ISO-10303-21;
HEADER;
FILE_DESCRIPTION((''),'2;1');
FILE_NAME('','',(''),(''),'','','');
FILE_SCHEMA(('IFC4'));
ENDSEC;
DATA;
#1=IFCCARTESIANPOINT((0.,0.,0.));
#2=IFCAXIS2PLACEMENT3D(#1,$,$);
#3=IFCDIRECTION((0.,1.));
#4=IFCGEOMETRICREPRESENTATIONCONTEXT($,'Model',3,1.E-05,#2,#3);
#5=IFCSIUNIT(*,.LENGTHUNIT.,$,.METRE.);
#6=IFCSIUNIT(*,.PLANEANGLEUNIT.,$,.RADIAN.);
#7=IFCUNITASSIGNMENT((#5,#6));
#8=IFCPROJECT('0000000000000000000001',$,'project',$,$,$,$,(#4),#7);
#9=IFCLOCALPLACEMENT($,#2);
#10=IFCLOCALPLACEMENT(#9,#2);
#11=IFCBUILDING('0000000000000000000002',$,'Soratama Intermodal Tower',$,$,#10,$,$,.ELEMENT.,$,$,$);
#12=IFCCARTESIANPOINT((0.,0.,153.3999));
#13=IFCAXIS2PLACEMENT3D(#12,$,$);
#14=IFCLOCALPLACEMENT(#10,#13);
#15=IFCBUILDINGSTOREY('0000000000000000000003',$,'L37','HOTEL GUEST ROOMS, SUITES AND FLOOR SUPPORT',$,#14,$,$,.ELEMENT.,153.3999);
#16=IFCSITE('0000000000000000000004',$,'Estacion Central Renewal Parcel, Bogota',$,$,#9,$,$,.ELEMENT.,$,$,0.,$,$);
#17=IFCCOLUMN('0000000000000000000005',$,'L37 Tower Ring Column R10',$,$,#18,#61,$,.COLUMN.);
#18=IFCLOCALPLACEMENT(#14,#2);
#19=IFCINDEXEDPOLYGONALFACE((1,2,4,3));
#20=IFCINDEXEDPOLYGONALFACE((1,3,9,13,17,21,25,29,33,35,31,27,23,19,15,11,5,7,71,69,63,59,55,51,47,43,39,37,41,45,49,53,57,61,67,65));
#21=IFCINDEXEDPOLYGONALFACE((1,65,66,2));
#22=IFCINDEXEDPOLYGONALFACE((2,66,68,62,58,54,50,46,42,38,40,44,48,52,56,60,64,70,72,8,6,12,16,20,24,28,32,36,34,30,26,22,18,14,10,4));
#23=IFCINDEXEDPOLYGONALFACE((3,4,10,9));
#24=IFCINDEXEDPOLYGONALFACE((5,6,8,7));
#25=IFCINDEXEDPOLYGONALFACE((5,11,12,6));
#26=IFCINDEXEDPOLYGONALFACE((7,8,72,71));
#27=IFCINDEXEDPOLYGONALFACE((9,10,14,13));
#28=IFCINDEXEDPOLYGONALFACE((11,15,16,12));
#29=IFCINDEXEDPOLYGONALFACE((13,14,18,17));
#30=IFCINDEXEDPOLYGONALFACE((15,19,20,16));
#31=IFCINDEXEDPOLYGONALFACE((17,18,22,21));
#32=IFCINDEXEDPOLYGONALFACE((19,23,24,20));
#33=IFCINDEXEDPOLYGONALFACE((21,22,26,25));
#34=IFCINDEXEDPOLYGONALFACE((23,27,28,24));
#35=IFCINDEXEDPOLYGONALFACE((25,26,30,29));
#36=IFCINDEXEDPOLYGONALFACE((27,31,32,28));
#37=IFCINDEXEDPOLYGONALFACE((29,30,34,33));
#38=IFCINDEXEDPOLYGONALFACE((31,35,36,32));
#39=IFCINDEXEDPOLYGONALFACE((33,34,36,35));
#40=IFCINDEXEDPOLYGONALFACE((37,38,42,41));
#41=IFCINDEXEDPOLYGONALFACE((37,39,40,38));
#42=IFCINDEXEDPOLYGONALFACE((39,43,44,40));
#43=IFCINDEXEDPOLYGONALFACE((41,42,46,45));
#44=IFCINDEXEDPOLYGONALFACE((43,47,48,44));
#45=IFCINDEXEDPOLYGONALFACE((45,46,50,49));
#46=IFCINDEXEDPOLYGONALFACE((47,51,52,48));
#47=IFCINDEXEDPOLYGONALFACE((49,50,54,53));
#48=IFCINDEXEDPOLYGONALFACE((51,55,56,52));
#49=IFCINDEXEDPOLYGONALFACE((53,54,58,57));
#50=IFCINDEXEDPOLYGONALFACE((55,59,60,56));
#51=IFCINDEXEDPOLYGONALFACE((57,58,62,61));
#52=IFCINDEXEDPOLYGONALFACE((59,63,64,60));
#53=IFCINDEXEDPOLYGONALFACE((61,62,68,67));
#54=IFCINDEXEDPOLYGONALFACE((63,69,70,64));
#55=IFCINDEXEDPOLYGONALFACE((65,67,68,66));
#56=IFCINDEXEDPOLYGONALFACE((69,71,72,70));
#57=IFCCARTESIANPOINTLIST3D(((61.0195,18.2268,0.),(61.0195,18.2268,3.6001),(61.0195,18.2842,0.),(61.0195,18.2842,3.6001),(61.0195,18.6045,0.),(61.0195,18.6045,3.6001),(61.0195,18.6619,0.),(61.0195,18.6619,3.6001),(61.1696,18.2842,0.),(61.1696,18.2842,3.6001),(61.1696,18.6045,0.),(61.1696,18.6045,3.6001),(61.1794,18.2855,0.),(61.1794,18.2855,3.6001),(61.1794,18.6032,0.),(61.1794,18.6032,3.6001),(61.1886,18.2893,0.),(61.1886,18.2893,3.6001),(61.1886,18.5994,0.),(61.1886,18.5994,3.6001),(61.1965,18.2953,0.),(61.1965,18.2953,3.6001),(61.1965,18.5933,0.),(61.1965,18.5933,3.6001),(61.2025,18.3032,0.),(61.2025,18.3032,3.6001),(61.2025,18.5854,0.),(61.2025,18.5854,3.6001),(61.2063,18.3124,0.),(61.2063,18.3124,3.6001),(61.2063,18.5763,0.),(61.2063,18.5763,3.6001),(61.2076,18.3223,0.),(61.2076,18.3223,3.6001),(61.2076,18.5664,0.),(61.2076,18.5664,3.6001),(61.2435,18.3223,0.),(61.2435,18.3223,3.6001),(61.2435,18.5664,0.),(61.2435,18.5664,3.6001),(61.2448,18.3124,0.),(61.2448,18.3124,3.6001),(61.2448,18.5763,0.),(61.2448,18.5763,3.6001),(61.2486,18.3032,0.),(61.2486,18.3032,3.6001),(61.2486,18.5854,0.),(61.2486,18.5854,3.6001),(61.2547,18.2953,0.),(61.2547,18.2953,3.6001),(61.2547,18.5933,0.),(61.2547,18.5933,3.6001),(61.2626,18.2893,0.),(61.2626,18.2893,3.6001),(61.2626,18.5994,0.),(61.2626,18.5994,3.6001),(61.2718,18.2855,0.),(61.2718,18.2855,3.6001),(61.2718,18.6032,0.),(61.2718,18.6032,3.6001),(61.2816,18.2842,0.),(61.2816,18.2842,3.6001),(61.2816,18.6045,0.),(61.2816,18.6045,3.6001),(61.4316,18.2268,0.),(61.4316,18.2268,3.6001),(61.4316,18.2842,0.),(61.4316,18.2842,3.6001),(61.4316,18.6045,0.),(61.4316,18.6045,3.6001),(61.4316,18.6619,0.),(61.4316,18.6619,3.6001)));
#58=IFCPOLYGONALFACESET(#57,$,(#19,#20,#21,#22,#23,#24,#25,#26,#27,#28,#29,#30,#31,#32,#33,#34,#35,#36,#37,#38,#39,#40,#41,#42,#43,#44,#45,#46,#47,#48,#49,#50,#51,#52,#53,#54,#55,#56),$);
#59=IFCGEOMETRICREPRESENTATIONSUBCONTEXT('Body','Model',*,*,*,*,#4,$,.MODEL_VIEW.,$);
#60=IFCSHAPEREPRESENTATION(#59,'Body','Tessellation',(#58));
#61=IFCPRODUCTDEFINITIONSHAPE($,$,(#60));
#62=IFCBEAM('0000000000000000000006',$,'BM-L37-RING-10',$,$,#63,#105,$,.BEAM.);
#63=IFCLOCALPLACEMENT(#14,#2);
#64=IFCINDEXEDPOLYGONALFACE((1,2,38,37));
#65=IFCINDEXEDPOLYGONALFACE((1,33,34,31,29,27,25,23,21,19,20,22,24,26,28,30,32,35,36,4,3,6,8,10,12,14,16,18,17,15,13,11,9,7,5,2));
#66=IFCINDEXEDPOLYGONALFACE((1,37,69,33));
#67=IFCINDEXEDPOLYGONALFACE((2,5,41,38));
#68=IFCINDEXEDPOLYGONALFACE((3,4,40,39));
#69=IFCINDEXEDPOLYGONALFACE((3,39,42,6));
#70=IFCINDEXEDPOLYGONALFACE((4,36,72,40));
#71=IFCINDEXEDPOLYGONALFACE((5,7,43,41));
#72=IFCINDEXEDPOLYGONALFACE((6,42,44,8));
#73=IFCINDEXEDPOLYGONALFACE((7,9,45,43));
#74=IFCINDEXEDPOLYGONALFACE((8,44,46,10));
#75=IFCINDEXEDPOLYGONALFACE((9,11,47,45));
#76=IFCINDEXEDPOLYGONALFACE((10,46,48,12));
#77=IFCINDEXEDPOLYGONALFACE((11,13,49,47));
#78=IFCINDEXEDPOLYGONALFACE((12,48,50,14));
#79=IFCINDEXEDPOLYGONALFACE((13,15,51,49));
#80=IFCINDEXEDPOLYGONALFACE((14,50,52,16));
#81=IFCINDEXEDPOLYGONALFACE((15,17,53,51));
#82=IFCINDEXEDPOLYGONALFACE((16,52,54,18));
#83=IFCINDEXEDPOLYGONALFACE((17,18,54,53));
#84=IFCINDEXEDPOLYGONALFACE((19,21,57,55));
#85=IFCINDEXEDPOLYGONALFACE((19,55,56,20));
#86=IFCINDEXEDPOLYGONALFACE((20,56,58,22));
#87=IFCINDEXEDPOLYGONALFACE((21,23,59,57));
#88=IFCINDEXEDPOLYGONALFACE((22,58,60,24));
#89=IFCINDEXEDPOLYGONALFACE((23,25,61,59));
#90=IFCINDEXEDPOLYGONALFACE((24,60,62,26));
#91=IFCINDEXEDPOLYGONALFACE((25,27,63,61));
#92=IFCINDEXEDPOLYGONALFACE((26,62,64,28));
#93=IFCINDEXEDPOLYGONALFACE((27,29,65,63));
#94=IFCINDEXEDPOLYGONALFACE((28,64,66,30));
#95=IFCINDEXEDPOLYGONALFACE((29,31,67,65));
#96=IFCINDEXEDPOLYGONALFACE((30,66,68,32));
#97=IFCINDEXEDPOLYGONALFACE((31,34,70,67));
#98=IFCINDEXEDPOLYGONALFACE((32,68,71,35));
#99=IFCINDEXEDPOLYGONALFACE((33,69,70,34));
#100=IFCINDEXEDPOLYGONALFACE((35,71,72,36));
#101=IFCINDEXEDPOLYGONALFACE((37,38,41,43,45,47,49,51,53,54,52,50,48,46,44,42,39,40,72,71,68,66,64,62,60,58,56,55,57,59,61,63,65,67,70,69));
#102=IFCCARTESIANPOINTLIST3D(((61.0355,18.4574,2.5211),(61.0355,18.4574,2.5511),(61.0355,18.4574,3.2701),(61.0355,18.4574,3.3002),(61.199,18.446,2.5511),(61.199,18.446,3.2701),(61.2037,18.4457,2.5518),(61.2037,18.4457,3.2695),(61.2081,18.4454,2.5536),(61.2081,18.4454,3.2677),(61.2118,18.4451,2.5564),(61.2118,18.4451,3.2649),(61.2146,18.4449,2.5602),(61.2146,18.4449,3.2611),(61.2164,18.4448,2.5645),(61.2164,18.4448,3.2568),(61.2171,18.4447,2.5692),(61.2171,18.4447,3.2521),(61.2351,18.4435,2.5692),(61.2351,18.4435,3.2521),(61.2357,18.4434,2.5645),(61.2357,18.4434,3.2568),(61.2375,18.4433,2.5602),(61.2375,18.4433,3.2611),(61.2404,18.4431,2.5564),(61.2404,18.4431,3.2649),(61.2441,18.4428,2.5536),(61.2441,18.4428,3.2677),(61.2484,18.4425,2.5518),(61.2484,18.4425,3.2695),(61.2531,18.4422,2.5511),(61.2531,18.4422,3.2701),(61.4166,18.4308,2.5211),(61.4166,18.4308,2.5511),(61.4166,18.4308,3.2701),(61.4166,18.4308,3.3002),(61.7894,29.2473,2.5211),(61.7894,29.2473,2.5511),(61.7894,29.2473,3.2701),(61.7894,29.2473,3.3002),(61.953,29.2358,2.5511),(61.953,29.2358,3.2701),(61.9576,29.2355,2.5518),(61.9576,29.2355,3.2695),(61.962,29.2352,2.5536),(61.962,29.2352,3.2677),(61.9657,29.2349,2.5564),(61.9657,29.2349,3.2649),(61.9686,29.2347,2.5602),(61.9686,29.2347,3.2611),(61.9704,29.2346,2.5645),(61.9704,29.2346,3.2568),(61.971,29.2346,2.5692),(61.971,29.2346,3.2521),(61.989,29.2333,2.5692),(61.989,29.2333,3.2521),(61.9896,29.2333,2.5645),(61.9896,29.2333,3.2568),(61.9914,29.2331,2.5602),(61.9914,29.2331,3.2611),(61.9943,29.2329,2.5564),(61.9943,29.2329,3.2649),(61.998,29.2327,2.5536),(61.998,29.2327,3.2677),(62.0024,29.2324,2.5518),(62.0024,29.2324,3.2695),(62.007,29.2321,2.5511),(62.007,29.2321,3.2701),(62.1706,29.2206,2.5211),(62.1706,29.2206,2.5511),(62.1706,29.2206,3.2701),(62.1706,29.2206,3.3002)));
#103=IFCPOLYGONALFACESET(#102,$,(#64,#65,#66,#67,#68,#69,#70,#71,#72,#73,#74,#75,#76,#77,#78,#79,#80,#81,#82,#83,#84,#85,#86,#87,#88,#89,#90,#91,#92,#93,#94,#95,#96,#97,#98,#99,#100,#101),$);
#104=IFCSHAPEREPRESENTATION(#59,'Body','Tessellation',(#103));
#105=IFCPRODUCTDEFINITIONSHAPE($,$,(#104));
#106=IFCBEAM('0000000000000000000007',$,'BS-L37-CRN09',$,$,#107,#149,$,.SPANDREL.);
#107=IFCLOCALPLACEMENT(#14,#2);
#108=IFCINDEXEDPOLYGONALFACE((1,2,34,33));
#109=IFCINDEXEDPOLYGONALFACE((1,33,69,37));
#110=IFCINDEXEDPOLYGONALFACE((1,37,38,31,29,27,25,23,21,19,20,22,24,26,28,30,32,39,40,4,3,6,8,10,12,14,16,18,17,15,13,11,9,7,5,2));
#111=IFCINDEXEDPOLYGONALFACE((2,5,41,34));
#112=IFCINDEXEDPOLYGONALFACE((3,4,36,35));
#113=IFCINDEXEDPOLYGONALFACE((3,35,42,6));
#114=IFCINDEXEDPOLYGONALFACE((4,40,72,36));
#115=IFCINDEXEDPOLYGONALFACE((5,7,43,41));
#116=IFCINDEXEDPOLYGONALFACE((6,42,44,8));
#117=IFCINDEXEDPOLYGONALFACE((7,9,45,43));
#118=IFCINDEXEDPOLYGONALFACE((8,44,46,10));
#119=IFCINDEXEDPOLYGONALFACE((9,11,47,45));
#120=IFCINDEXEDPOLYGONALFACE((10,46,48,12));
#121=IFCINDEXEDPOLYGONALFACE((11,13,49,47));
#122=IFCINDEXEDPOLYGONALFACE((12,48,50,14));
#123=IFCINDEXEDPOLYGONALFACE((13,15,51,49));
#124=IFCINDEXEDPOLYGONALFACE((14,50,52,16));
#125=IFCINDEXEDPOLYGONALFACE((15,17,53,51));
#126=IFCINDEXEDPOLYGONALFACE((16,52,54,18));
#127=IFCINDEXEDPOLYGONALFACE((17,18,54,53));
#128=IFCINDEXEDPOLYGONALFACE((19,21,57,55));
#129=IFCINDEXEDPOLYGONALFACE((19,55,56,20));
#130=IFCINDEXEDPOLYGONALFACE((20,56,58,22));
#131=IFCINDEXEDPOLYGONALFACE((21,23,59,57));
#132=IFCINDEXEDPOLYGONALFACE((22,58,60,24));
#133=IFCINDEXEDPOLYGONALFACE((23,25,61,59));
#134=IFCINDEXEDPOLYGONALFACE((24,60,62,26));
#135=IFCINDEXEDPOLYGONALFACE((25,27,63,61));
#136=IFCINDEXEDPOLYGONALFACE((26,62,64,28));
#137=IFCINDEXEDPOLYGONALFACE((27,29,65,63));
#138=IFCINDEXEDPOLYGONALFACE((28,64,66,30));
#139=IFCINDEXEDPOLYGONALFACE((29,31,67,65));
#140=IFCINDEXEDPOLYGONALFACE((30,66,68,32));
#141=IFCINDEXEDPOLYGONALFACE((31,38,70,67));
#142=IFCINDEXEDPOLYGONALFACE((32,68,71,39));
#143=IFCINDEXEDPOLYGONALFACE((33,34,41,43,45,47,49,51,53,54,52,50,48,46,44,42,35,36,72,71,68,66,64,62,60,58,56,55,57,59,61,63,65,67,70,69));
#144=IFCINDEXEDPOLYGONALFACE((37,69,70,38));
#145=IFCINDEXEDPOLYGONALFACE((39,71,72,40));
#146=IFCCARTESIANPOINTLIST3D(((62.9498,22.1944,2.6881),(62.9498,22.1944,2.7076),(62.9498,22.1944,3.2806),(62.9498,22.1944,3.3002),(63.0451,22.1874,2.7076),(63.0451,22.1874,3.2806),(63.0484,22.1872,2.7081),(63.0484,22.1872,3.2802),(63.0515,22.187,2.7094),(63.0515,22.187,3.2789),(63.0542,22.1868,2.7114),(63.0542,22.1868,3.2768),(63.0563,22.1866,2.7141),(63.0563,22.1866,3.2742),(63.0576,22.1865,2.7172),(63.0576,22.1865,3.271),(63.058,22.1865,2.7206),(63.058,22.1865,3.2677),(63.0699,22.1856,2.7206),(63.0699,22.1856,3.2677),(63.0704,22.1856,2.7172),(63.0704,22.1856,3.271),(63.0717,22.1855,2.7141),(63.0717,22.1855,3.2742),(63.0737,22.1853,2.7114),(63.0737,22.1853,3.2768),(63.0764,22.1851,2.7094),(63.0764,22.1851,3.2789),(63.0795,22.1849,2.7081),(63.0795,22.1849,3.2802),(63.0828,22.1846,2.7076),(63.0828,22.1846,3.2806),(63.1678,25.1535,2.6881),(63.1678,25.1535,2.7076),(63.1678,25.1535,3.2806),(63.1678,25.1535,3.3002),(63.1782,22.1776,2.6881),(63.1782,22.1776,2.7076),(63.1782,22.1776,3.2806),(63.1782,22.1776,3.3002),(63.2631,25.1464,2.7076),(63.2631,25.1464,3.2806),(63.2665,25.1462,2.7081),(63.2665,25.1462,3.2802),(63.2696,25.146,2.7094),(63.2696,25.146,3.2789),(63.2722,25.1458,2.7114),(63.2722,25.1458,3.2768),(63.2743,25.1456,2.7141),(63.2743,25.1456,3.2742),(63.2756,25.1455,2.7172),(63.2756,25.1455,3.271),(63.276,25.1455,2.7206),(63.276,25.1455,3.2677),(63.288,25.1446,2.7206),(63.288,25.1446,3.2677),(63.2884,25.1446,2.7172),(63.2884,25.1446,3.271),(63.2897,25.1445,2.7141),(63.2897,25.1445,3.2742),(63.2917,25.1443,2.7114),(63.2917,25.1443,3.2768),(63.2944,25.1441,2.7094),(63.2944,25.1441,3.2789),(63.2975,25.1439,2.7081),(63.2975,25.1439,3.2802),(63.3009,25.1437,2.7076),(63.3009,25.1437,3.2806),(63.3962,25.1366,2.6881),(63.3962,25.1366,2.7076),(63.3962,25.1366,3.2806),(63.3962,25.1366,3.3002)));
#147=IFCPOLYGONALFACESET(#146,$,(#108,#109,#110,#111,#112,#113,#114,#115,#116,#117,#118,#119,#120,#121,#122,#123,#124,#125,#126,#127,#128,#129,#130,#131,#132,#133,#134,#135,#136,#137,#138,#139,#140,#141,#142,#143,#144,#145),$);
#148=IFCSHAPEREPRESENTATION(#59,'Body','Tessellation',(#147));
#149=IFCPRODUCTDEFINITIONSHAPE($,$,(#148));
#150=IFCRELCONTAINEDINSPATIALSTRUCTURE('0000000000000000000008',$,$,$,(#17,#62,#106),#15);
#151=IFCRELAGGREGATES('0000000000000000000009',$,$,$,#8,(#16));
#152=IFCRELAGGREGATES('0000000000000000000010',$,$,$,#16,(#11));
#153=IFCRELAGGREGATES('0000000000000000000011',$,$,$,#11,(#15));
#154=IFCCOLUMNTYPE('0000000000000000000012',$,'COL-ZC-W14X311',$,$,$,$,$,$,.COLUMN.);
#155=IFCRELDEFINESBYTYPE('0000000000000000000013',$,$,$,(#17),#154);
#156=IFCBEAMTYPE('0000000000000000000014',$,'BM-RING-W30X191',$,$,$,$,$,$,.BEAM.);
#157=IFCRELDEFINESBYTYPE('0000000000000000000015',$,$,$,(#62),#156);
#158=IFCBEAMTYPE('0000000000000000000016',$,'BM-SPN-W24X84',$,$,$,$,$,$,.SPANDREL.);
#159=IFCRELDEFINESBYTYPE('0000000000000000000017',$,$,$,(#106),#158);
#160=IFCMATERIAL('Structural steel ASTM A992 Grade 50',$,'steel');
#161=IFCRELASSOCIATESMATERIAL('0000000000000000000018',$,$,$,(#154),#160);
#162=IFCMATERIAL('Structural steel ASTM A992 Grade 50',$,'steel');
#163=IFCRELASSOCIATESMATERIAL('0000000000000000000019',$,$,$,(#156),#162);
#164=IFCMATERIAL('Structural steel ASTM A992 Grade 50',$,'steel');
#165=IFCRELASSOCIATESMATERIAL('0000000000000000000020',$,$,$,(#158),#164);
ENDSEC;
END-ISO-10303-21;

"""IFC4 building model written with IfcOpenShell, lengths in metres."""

from ifc_helpers import new_model, si_unit, direction, frame, origin, origin_2d, place, context, subcontext, project, spatial, i_section, extrude, material, material_profile, profile_set, type_object, element, save


model = new_model("IFC4")

# Units and contexts
model_context = context("Model", 3, precision=1e-05, world=origin(), true_north=direction((0.0, 1.0)))
body_context = subcontext(model_context, "Body", "Model", "MODEL_VIEW")
ifc_project = project(units=[si_unit("LENGTHUNIT", "METRE"), si_unit("PLANEANGLEUNIT", "RADIAN")], contexts=[model_context])

# Site, building, storey
site_placement = place(None, origin())
site = spatial("IfcSite", under=ifc_project, at=site_placement, Name="Estacion Central Renewal Parcel, Bogota", CompositionType="ELEMENT", RefElevation=0.0)
building_placement = place(site_placement, origin())
building = spatial("IfcBuilding", under=site, at=building_placement, Name="Soratama Intermodal Tower", CompositionType="ELEMENT")
storey_placement = place(building_placement, frame((0.0, 0.0, 153.3999)))
storey = spatial("IfcBuildingStorey", under=building, at=storey_placement, Name="L37", Description="HOTEL GUEST ROOMS, SUITES AND FLOOR SUPPORT", CompositionType="ELEMENT", Elevation=153.3999)

# Column
ifc_material_1 = material(Name="Structural steel ASTM A992 Grade 50", Category="steel")
ifc_material_profile_1 = material_profile(ifc_material_1, i_section(OverallWidth=0.4121, OverallDepth=0.4351, WebThickness=0.0359, FlangeThickness=0.0574, FilletRadius=0.0381, at=origin_2d()), Name="W14X311")
ifc_profile_set_1 = profile_set([ifc_material_profile_1], Name="Structural steel ASTM A992 Grade 50")
column_type = type_object("IfcColumnType", Name="COL-ZC-W14X311", PredefinedType="COLUMN", material=ifc_profile_set_1)
column_placement = place(storey_placement, frame((61.2256, 18.4443, 0.0), z_axis=(0.0, 0.0, 1.0), x_axis=(1.0, 0.0, 0.0)))
element("IfcColumn", 1, at=column_placement, inside=storey, type_object=column_type, Name="L37 Tower Ring Column R10", PredefinedType="COLUMN", context=body_context, shape_type="SweptSolid", body=[
    extrude(i_section(OverallWidth=0.4121, OverallDepth=0.4351, WebThickness=0.0359, FlangeThickness=0.0574, FilletRadius=0.0381, at=origin_2d()), origin(), (0.0, 0.0, 1.0), 3.6001),
])

# Beams
ifc_material_2 = material(Name="Structural steel ASTM A992 Grade 50", Category="steel")
ifc_material_profile_2 = material_profile(ifc_material_2, i_section(OverallWidth=0.3821, OverallDepth=0.7791, WebThickness=0.0181, FlangeThickness=0.03, FilletRadius=0.0181, at=origin_2d()), Name="W30X191")
ifc_profile_set_2 = profile_set([ifc_material_profile_2], Name="Structural steel ASTM A992 Grade 50")
beam_type_1 = type_object("IfcBeamType", Name="BM-RING-W30X191", PredefinedType="BEAM", material=ifc_profile_set_2)
beam_1_placement = place(storey_placement, frame((61.2261, 18.4441, 2.9106), z_axis=(0.069702, 0.997568, 0.0), x_axis=(-0.997568, 0.069702, 0.0)))
element("IfcBeam", 2, at=beam_1_placement, inside=storey, type_object=beam_type_1, Name="BM-L37-RING-10", PredefinedType="BEAM", context=body_context, shape_type="SweptSolid", body=[
    extrude(i_section(OverallWidth=0.3821, OverallDepth=0.7791, WebThickness=0.0181, FlangeThickness=0.03, FilletRadius=0.0181, at=origin_2d()), origin(), (0.0, 0.0, 1.0), 10.8162),
])
ifc_material_3 = material(Name="Structural steel ASTM A992 Grade 50", Category="steel")
ifc_material_profile_3 = material_profile(ifc_material_3, i_section(OverallWidth=0.229, OverallDepth=0.6121, WebThickness=0.012, FlangeThickness=0.0195, FilletRadius=0.0129, at=origin_2d()), Name="W24X84")
ifc_profile_set_3 = profile_set([ifc_material_profile_3], Name="Structural steel ASTM A992 Grade 50")
beam_type_2 = type_object("IfcBeamType", Name="BM-SPN-W24X84", PredefinedType="SPANDREL", material=ifc_profile_set_3)
beam_2_placement = place(storey_placement, frame((63.064, 22.186, 2.9941), z_axis=(0.073481, 0.997297, 0.0), x_axis=(-0.997297, 0.073481, 0.0)))
element("IfcBeam", 3, at=beam_2_placement, inside=storey, type_object=beam_type_2, Name="BS-L37-CRN09", PredefinedType="SPANDREL", context=body_context, shape_type="SweptSolid", body=[
    extrude(i_section(OverallWidth=0.229, OverallDepth=0.6121, WebThickness=0.012, FlangeThickness=0.0195, FilletRadius=0.0129, at=origin_2d()), origin(), (0.0, 0.0, 1.0), 2.967),
])

save(model, "model.ifc")
